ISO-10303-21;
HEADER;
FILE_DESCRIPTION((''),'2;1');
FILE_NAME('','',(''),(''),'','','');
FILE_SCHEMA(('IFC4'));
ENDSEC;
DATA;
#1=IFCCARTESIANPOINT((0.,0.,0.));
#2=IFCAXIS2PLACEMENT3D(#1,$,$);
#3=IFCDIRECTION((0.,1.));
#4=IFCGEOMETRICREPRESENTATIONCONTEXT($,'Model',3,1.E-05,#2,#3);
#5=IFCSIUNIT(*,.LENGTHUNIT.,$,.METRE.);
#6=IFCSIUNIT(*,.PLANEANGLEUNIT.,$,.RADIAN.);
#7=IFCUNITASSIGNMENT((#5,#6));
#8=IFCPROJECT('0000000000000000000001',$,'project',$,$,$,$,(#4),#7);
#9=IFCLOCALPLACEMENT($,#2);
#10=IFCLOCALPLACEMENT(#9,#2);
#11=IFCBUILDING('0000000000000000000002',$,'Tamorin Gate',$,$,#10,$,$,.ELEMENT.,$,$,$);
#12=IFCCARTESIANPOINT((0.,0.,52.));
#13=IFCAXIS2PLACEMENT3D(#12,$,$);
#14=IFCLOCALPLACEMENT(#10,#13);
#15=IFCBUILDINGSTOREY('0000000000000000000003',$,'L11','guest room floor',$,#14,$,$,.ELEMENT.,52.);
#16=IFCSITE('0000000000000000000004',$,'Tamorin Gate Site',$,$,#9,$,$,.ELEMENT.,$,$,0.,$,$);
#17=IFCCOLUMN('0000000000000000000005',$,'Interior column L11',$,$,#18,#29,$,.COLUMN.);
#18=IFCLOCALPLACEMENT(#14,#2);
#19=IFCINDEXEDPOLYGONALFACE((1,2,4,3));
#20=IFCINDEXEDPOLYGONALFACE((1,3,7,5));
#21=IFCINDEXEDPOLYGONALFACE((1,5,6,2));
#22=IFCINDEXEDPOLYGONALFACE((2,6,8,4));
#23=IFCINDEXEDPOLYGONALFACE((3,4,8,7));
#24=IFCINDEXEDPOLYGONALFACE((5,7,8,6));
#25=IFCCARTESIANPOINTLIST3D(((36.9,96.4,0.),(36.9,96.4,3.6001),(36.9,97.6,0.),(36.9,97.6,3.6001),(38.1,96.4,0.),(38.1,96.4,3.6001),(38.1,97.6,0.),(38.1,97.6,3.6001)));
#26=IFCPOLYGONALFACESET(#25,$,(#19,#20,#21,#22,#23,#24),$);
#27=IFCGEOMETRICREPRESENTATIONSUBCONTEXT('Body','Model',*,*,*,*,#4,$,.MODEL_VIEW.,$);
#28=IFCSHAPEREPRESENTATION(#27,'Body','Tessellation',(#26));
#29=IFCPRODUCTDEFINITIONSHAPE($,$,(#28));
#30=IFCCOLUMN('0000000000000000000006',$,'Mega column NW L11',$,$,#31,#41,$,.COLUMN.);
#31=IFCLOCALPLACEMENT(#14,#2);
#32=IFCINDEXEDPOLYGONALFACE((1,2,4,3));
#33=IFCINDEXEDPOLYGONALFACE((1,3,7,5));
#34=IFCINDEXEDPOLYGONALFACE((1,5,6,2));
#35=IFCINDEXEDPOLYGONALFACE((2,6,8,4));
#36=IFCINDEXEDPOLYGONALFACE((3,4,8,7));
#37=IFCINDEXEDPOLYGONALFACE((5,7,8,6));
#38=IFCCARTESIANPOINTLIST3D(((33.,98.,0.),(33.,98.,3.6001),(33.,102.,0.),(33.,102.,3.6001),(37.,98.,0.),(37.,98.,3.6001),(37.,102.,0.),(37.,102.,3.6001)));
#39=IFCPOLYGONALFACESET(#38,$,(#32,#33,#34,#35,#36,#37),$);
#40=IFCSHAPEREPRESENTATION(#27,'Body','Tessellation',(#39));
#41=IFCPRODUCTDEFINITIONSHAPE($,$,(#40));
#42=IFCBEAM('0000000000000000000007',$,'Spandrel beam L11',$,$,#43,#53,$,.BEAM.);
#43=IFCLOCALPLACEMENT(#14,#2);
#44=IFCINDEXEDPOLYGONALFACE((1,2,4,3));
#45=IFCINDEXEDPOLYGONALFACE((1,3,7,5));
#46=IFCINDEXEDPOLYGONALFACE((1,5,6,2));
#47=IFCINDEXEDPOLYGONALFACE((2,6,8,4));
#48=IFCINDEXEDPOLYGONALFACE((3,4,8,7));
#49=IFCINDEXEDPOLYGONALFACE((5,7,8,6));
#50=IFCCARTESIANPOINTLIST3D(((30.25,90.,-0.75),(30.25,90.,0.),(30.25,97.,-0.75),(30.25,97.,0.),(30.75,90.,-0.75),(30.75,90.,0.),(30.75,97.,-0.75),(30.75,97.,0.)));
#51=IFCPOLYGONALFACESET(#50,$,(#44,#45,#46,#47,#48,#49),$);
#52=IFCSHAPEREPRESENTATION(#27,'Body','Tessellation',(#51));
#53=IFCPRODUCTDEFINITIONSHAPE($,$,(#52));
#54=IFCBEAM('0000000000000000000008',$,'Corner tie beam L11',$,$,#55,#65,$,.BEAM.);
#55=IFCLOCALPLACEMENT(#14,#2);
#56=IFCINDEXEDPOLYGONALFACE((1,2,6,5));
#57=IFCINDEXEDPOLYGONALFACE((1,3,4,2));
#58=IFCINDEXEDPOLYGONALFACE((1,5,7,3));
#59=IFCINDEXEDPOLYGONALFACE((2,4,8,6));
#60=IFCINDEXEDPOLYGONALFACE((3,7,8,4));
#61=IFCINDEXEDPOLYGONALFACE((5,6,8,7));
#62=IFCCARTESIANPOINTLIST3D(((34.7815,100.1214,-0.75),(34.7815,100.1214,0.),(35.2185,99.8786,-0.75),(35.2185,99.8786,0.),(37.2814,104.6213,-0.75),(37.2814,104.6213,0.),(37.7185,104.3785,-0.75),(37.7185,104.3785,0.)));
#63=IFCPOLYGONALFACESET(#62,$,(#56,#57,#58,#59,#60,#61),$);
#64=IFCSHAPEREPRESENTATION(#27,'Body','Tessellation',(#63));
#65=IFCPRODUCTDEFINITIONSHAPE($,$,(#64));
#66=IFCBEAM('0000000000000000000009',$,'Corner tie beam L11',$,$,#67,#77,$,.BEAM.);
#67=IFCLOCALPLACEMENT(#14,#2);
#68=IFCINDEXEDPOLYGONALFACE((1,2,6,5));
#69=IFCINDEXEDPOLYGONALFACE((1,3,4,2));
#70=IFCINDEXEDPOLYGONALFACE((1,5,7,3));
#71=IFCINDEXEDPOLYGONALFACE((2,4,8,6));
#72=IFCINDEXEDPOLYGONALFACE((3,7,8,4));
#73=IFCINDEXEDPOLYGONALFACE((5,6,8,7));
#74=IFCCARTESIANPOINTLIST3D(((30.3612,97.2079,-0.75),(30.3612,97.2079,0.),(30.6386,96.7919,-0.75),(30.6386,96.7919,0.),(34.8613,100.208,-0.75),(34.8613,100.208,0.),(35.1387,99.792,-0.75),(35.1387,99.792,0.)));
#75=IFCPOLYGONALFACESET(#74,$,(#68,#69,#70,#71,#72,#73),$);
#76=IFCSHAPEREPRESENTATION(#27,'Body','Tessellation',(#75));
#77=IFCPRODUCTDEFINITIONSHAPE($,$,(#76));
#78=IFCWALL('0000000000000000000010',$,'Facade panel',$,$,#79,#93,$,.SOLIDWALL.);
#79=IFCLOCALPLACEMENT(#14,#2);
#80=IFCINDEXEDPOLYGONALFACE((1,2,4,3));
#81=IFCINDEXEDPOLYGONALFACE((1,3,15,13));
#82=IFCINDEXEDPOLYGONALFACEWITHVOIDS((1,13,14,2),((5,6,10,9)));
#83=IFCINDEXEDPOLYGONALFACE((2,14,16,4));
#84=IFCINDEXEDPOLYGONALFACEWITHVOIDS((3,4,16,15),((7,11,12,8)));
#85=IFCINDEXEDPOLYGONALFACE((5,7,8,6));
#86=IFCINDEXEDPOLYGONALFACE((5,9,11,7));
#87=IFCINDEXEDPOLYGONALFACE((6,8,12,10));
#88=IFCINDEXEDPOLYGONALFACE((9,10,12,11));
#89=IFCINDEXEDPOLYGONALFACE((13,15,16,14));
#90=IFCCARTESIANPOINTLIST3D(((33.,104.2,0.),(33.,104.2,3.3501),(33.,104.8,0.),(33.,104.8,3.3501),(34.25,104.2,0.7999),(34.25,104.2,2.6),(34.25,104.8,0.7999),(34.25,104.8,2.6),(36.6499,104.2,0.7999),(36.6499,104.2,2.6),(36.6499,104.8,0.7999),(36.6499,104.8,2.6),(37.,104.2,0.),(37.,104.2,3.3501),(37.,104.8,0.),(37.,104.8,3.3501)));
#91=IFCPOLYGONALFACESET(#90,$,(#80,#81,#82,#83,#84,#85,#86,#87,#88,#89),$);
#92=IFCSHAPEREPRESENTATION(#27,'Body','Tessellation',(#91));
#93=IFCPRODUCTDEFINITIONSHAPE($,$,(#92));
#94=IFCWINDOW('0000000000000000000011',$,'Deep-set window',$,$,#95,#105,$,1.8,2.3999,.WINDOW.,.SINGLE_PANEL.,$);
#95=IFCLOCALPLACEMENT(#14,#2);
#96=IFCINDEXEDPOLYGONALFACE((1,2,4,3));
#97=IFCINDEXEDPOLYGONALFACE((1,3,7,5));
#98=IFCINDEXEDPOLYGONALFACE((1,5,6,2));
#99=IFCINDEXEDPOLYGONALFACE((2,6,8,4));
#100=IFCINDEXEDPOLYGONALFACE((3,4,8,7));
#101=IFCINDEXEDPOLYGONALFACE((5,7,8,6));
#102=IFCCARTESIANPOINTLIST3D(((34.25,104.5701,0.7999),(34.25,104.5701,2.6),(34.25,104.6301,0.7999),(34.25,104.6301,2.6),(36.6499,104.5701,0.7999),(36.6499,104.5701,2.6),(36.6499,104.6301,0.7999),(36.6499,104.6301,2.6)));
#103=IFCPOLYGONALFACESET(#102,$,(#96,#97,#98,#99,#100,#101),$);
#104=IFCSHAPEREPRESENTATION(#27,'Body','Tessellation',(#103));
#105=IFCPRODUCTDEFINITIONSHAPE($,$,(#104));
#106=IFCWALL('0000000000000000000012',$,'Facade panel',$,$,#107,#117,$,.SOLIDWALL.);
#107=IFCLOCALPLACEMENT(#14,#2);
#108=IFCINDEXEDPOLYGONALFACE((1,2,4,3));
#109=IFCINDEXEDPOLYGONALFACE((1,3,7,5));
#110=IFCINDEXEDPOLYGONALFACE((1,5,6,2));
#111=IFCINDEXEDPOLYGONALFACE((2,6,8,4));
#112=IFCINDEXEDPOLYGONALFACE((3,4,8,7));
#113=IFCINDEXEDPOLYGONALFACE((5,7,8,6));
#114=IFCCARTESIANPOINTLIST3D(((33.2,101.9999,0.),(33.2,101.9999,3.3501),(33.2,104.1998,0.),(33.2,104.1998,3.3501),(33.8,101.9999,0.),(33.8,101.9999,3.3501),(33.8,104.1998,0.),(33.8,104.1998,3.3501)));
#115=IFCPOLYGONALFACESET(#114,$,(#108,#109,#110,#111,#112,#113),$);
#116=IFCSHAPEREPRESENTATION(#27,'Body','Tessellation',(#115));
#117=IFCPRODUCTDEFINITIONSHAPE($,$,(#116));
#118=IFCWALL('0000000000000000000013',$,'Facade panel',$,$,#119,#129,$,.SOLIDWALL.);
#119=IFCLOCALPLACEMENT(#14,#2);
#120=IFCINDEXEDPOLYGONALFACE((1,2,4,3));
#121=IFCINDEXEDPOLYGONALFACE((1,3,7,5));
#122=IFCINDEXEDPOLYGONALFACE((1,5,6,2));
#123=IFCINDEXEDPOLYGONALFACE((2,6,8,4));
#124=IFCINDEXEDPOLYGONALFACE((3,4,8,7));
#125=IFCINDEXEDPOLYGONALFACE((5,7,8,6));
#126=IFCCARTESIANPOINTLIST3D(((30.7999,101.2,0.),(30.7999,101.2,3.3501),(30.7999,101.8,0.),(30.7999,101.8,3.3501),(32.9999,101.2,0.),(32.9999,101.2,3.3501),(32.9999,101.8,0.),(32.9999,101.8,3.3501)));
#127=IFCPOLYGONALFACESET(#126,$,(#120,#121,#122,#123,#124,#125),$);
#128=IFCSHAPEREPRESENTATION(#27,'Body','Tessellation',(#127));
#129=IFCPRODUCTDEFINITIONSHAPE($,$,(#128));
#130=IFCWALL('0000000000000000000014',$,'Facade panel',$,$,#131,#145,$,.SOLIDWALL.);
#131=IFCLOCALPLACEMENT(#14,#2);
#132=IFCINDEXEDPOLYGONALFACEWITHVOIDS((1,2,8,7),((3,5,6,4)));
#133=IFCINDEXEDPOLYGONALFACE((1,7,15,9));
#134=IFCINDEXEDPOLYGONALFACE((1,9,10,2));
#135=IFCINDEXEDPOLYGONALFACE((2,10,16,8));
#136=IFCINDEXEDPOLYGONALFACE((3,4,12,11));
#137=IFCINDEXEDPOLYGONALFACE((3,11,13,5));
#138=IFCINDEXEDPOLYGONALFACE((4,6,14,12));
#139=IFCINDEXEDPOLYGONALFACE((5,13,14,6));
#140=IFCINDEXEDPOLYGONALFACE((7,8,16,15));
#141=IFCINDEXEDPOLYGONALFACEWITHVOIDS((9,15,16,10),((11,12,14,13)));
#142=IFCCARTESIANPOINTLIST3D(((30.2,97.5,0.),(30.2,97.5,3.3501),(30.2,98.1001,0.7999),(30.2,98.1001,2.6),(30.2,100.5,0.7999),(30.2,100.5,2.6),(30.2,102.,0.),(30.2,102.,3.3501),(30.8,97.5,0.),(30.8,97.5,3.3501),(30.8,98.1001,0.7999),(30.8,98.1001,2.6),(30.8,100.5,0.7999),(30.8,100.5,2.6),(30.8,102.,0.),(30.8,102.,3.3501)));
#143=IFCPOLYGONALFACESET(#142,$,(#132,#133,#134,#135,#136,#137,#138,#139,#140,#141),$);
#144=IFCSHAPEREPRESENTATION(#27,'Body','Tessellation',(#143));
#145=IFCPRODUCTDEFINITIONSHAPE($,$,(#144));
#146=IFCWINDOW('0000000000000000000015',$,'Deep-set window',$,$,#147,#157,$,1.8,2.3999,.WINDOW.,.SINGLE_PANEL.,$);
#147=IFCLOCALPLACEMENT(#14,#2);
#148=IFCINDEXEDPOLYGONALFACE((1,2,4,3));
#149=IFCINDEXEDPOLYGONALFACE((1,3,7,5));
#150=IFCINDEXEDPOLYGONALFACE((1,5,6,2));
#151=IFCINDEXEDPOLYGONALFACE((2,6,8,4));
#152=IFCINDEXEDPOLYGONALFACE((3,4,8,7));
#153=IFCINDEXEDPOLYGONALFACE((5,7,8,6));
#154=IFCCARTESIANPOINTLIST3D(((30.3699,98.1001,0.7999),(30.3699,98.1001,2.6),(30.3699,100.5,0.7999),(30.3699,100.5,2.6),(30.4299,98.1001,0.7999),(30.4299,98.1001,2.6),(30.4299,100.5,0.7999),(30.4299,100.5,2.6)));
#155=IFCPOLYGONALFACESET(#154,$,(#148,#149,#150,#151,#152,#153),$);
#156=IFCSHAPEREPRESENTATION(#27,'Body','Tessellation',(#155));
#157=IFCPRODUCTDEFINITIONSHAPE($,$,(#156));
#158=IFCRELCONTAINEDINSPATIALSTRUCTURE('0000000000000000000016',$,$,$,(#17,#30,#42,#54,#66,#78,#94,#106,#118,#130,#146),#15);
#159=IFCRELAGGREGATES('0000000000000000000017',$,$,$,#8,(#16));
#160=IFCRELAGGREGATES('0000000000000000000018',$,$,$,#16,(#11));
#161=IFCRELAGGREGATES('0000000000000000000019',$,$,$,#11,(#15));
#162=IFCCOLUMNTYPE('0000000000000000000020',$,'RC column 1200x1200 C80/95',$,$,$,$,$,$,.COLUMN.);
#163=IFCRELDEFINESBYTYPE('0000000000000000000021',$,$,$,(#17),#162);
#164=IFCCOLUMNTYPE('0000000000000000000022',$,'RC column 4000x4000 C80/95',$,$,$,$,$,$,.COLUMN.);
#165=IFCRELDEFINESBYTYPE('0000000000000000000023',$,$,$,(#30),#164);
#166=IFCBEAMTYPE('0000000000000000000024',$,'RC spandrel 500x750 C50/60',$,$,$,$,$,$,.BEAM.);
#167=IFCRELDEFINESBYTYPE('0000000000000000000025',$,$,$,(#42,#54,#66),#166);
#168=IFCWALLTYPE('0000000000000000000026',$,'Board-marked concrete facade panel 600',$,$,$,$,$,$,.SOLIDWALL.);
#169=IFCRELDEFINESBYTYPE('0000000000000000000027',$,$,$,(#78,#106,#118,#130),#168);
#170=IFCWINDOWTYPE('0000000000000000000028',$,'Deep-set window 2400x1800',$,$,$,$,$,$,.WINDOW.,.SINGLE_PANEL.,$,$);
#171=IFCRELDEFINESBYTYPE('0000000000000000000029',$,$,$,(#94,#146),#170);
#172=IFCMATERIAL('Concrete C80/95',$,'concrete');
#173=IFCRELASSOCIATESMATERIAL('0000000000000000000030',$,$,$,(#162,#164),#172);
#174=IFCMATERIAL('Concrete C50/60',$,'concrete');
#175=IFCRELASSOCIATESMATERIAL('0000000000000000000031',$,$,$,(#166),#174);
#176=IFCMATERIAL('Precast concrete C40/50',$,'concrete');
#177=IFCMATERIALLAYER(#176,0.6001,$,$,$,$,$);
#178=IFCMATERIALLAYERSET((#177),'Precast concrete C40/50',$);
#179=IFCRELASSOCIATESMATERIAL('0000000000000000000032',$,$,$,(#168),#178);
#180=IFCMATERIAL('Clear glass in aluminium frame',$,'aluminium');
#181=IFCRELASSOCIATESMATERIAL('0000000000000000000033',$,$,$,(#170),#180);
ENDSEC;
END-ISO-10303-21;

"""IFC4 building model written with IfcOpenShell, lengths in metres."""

from ifc_helpers import new_model, si_unit, direction, frame, frame_2d, origin, origin_2d, place, context, subcontext, project, spatial, rectangle, extrude, material, layer, layer_set, material_profile, profile_set, type_object, element, fill, save


model = new_model("IFC4")

# Units and contexts
model_context = context("Model", 3, precision=1e-05, world=origin(), true_north=direction((0.0, 1.0)))
body_context = subcontext(model_context, "Body", "Model", "MODEL_VIEW")
ifc_project = project(units=[si_unit("LENGTHUNIT", "METRE"), si_unit("PLANEANGLEUNIT", "RADIAN")], contexts=[model_context])

# Site, building, storey
site_placement = place(None, origin())
site = spatial("IfcSite", under=ifc_project, at=site_placement, Name="Tamorin Gate Site", CompositionType="ELEMENT", RefElevation=0.0)
building_placement = place(site_placement, origin())
building = spatial("IfcBuilding", under=site, at=building_placement, Name="Tamorin Gate", CompositionType="ELEMENT")
storey_placement = place(building_placement, frame((0.0, 0.0, 52.0)))
storey = spatial("IfcBuildingStorey", under=building, at=storey_placement, Name="L11", Description="guest room floor", CompositionType="ELEMENT", Elevation=52.0)

# Columns
ifc_material_1 = material(Name="Concrete C80/95", Category="concrete")
ifc_material_profile_1 = material_profile(ifc_material_1, rectangle(XDim=1.2, YDim=1.2, at=origin_2d()), Name="RC 1200x1200")
ifc_profile_set_1 = profile_set([ifc_material_profile_1], Name="Concrete C80/95")
column_type_1 = type_object("IfcColumnType", Name="RC column 1200x1200 C80/95", PredefinedType="COLUMN", material=ifc_profile_set_1)
column_1_placement = place(storey_placement, frame((37.5, 97.0, 0.0), z_axis=(0.0, 0.0, 1.0), x_axis=(1.0, 0.0, 0.0)))
element("IfcColumn", 1, at=column_1_placement, inside=storey, type_object=column_type_1, Name="Interior column L11", PredefinedType="COLUMN", context=body_context, shape_type="SweptSolid", body=[
    extrude(rectangle(XDim=1.2, YDim=1.2, at=origin_2d()), origin(), (0.0, 0.0, 1.0), 3.6001),
])
ifc_material_profile_2 = material_profile(ifc_material_1, rectangle(XDim=4.0, YDim=4.0, at=origin_2d()), Name="RC 4000x4000")
ifc_profile_set_2 = profile_set([ifc_material_profile_2], Name="Concrete C80/95")
column_type_2 = type_object("IfcColumnType", Name="RC column 4000x4000 C80/95", PredefinedType="COLUMN", material=ifc_profile_set_2)
column_2_placement = place(storey_placement, frame((35.0, 100.0, 0.0), z_axis=(0.0, 0.0, 1.0), x_axis=(1.0, 0.0, 0.0)))
element("IfcColumn", 2, at=column_2_placement, inside=storey, type_object=column_type_2, Name="Mega column NW L11", PredefinedType="COLUMN", context=body_context, shape_type="SweptSolid", body=[
    extrude(rectangle(XDim=4.0, YDim=4.0, at=origin_2d()), origin(), (0.0, 0.0, 1.0), 3.6001),
])

# Beams
ifc_material_2 = material(Name="Concrete C50/60", Category="concrete")
ifc_material_profile_3 = material_profile(ifc_material_2, rectangle(XDim=0.5, YDim=0.75, at=origin_2d()), Name="RC 500x750")
ifc_profile_set_3 = profile_set([ifc_material_profile_3], Name="Concrete C50/60")
beam_type = type_object("IfcBeamType", Name="RC spandrel 500x750 C50/60", PredefinedType="BEAM", material=ifc_profile_set_3)
beam_1_placement = place(storey_placement, frame((30.5, 97.0, -0.375), z_axis=(0.0, -1.0, 0.0), x_axis=(1.0, 0.0, 0.0)))
element("IfcBeam", 3, at=beam_1_placement, inside=storey, type_object=beam_type, Name="Spandrel beam L11", PredefinedType="BEAM", context=body_context, shape_type="SweptSolid", body=[
    extrude(rectangle(XDim=0.5, YDim=0.75, at=origin_2d()), origin(), (0.0, 0.0, 1.0), 7.0),
])
beam_2_placement = place(storey_placement, frame((35.0, 100.0, -0.375), z_axis=(0.485643, 0.874157, 0.0), x_axis=(-0.874157, 0.485643, 0.0)))
element("IfcBeam", 4, at=beam_2_placement, inside=storey, type_object=beam_type, Name="Corner tie beam L11", PredefinedType="BEAM", context=body_context, shape_type="SweptSolid", body=[
    extrude(rectangle(XDim=0.5, YDim=0.75, at=origin_2d()), origin(), (0.0, 0.0, 1.0), 5.1477),
])
beam_3_placement = place(storey_placement, frame((35.0, 100.0, -0.375), z_axis=(-0.83205, -0.5547, 0.0), x_axis=(0.5547, -0.83205, 0.0)))
element("IfcBeam", 5, at=beam_3_placement, inside=storey, type_object=beam_type, Name="Corner tie beam L11", PredefinedType="BEAM", context=body_context, shape_type="SweptSolid", body=[
    extrude(rectangle(XDim=0.5, YDim=0.75, at=origin_2d()), origin(), (0.0, 0.0, 1.0), 5.4084),
])

# Wall, opening, window
ifc_material_3 = material(Name="Precast concrete C40/50", Category="concrete")
ifc_layer_1 = layer(ifc_material_3, 0.6001)
ifc_layer_set_1 = layer_set([ifc_layer_1], Name="Precast concrete C40/50")
wall_type_1 = type_object("IfcWallType", Name="Board-marked concrete facade panel 600", PredefinedType="SOLIDWALL", material=ifc_layer_set_1)
wall_1_placement = place(storey_placement, frame((37.0, 104.5, 0.0), z_axis=(0.0, 0.0, 1.0), x_axis=(-1.0, 0.0, 0.0)))
wall_1 = element("IfcWall", 6, at=wall_1_placement, inside=storey, type_object=wall_type_1, Name="Facade panel", PredefinedType="SOLIDWALL", context=body_context, shape_type="SweptSolid", body=[
    extrude(rectangle(XDim=4.0, YDim=0.6001, at=frame_2d((2.0, 0.0))), origin(), (0.0, 0.0, 1.0), 3.3501),
])
opening_1_placement = place(wall_1_placement, frame((0.3501, 0.0, 0.8)))
opening_1 = element("IfcOpeningElement", 7, at=opening_1_placement, cuts=wall_1, PredefinedType="OPENING", context=body_context, shape_type="SweptSolid", body=[
    extrude(rectangle(XDim=2.3999, YDim=1.8, at=frame_2d((1.2, 0.8999))), frame((0.0, 0.3101, 0.0), z_axis=(0.0, -1.0, 0.0), x_axis=(1.0, 0.0, 0.0)), (0.0, 0.0, 1.0), 0.6201),
])
ifc_material_4 = material(Name="Clear glass in aluminium frame", Category="aluminium")
window_type = type_object("IfcWindowType", Name="Deep-set window 2400x1800", PartitioningType="SINGLE_PANEL", PredefinedType="WINDOW", material=ifc_material_4)
window_1_placement = place(opening_1_placement, origin())
window_1 = element("IfcWindow", 8, at=window_1_placement, inside=storey, type_object=window_type, Name="Deep-set window", OverallHeight=1.8, OverallWidth=2.3999, PartitioningType="SINGLE_PANEL", PredefinedType="WINDOW", context=body_context, shape_type="SweptSolid", body=[
    extrude(rectangle(XDim=2.3999, YDim=1.8, at=frame_2d((1.2, 0.8999))), frame((0.0, -0.0701, 0.0), z_axis=(0.0, -1.0, 0.0), x_axis=(1.0, 0.0, 0.0)), (0.0, 0.0, 1.0), 0.0601),
])
fill(opening_1, window_1)

# Walls
for number, where, z_axis, x_axis, name in (
    (9, (33.5, 104.2, 0.0), (0.0, 0.0, 1.0), (0.0, -1.0, 0.0), "Facade panel"),
    (10, (33.0, 101.5, 0.0), (0.0, 0.0, 1.0), (-1.0, 0.0, 0.0), "Facade panel"),
):
    element("IfcWall", number, at=place(storey_placement, frame(where, z_axis=z_axis, x_axis=x_axis)), inside=storey, type_object=wall_type_1, Name=name, PredefinedType="SOLIDWALL", context=body_context, shape_type="SweptSolid", body=[
        extrude(rectangle(XDim=2.2, YDim=0.6001, at=frame_2d((1.1001, 0.0))), origin(), (0.0, 0.0, 1.0), 3.3501),
    ])

# Wall, opening, window
wall_2_placement = place(storey_placement, frame((30.5, 102.0, 0.0), z_axis=(0.0, 0.0, 1.0), x_axis=(0.0, -1.0, 0.0)))
wall_2 = element("IfcWall", 11, at=wall_2_placement, inside=storey, type_object=wall_type_1, Name="Facade panel", PredefinedType="SOLIDWALL", context=body_context, shape_type="SweptSolid", body=[
    extrude(rectangle(XDim=4.5, YDim=0.6001, at=frame_2d((2.25, 0.0))), origin(), (0.0, 0.0, 1.0), 3.3501),
])
opening_2_placement = place(wall_2_placement, frame((1.5, 0.0, 0.8)))
opening_2 = element("IfcOpeningElement", 12, at=opening_2_placement, cuts=wall_2, PredefinedType="OPENING", context=body_context, shape_type="SweptSolid", body=[
    extrude(rectangle(XDim=2.3999, YDim=1.8, at=frame_2d((1.2, 0.8999))), frame((0.0, 0.3101, 0.0), z_axis=(0.0, -1.0, 0.0), x_axis=(1.0, 0.0, 0.0)), (0.0, 0.0, 1.0), 0.6201),
])
window_2_placement = place(opening_2_placement, origin())
window_2 = element("IfcWindow", 13, at=window_2_placement, inside=storey, type_object=window_type, Name="Deep-set window", OverallHeight=1.8, OverallWidth=2.3999, PartitioningType="SINGLE_PANEL", PredefinedType="WINDOW", context=body_context, shape_type="SweptSolid", body=[
    extrude(rectangle(XDim=2.3999, YDim=1.8, at=frame_2d((1.2, 0.8999))), frame((0.0, -0.0701, 0.0), z_axis=(0.0, -1.0, 0.0), x_axis=(1.0, 0.0, 0.0)), (0.0, 0.0, 1.0), 0.0601),
])
fill(opening_2, window_2)

save(model, "model.ifc")
